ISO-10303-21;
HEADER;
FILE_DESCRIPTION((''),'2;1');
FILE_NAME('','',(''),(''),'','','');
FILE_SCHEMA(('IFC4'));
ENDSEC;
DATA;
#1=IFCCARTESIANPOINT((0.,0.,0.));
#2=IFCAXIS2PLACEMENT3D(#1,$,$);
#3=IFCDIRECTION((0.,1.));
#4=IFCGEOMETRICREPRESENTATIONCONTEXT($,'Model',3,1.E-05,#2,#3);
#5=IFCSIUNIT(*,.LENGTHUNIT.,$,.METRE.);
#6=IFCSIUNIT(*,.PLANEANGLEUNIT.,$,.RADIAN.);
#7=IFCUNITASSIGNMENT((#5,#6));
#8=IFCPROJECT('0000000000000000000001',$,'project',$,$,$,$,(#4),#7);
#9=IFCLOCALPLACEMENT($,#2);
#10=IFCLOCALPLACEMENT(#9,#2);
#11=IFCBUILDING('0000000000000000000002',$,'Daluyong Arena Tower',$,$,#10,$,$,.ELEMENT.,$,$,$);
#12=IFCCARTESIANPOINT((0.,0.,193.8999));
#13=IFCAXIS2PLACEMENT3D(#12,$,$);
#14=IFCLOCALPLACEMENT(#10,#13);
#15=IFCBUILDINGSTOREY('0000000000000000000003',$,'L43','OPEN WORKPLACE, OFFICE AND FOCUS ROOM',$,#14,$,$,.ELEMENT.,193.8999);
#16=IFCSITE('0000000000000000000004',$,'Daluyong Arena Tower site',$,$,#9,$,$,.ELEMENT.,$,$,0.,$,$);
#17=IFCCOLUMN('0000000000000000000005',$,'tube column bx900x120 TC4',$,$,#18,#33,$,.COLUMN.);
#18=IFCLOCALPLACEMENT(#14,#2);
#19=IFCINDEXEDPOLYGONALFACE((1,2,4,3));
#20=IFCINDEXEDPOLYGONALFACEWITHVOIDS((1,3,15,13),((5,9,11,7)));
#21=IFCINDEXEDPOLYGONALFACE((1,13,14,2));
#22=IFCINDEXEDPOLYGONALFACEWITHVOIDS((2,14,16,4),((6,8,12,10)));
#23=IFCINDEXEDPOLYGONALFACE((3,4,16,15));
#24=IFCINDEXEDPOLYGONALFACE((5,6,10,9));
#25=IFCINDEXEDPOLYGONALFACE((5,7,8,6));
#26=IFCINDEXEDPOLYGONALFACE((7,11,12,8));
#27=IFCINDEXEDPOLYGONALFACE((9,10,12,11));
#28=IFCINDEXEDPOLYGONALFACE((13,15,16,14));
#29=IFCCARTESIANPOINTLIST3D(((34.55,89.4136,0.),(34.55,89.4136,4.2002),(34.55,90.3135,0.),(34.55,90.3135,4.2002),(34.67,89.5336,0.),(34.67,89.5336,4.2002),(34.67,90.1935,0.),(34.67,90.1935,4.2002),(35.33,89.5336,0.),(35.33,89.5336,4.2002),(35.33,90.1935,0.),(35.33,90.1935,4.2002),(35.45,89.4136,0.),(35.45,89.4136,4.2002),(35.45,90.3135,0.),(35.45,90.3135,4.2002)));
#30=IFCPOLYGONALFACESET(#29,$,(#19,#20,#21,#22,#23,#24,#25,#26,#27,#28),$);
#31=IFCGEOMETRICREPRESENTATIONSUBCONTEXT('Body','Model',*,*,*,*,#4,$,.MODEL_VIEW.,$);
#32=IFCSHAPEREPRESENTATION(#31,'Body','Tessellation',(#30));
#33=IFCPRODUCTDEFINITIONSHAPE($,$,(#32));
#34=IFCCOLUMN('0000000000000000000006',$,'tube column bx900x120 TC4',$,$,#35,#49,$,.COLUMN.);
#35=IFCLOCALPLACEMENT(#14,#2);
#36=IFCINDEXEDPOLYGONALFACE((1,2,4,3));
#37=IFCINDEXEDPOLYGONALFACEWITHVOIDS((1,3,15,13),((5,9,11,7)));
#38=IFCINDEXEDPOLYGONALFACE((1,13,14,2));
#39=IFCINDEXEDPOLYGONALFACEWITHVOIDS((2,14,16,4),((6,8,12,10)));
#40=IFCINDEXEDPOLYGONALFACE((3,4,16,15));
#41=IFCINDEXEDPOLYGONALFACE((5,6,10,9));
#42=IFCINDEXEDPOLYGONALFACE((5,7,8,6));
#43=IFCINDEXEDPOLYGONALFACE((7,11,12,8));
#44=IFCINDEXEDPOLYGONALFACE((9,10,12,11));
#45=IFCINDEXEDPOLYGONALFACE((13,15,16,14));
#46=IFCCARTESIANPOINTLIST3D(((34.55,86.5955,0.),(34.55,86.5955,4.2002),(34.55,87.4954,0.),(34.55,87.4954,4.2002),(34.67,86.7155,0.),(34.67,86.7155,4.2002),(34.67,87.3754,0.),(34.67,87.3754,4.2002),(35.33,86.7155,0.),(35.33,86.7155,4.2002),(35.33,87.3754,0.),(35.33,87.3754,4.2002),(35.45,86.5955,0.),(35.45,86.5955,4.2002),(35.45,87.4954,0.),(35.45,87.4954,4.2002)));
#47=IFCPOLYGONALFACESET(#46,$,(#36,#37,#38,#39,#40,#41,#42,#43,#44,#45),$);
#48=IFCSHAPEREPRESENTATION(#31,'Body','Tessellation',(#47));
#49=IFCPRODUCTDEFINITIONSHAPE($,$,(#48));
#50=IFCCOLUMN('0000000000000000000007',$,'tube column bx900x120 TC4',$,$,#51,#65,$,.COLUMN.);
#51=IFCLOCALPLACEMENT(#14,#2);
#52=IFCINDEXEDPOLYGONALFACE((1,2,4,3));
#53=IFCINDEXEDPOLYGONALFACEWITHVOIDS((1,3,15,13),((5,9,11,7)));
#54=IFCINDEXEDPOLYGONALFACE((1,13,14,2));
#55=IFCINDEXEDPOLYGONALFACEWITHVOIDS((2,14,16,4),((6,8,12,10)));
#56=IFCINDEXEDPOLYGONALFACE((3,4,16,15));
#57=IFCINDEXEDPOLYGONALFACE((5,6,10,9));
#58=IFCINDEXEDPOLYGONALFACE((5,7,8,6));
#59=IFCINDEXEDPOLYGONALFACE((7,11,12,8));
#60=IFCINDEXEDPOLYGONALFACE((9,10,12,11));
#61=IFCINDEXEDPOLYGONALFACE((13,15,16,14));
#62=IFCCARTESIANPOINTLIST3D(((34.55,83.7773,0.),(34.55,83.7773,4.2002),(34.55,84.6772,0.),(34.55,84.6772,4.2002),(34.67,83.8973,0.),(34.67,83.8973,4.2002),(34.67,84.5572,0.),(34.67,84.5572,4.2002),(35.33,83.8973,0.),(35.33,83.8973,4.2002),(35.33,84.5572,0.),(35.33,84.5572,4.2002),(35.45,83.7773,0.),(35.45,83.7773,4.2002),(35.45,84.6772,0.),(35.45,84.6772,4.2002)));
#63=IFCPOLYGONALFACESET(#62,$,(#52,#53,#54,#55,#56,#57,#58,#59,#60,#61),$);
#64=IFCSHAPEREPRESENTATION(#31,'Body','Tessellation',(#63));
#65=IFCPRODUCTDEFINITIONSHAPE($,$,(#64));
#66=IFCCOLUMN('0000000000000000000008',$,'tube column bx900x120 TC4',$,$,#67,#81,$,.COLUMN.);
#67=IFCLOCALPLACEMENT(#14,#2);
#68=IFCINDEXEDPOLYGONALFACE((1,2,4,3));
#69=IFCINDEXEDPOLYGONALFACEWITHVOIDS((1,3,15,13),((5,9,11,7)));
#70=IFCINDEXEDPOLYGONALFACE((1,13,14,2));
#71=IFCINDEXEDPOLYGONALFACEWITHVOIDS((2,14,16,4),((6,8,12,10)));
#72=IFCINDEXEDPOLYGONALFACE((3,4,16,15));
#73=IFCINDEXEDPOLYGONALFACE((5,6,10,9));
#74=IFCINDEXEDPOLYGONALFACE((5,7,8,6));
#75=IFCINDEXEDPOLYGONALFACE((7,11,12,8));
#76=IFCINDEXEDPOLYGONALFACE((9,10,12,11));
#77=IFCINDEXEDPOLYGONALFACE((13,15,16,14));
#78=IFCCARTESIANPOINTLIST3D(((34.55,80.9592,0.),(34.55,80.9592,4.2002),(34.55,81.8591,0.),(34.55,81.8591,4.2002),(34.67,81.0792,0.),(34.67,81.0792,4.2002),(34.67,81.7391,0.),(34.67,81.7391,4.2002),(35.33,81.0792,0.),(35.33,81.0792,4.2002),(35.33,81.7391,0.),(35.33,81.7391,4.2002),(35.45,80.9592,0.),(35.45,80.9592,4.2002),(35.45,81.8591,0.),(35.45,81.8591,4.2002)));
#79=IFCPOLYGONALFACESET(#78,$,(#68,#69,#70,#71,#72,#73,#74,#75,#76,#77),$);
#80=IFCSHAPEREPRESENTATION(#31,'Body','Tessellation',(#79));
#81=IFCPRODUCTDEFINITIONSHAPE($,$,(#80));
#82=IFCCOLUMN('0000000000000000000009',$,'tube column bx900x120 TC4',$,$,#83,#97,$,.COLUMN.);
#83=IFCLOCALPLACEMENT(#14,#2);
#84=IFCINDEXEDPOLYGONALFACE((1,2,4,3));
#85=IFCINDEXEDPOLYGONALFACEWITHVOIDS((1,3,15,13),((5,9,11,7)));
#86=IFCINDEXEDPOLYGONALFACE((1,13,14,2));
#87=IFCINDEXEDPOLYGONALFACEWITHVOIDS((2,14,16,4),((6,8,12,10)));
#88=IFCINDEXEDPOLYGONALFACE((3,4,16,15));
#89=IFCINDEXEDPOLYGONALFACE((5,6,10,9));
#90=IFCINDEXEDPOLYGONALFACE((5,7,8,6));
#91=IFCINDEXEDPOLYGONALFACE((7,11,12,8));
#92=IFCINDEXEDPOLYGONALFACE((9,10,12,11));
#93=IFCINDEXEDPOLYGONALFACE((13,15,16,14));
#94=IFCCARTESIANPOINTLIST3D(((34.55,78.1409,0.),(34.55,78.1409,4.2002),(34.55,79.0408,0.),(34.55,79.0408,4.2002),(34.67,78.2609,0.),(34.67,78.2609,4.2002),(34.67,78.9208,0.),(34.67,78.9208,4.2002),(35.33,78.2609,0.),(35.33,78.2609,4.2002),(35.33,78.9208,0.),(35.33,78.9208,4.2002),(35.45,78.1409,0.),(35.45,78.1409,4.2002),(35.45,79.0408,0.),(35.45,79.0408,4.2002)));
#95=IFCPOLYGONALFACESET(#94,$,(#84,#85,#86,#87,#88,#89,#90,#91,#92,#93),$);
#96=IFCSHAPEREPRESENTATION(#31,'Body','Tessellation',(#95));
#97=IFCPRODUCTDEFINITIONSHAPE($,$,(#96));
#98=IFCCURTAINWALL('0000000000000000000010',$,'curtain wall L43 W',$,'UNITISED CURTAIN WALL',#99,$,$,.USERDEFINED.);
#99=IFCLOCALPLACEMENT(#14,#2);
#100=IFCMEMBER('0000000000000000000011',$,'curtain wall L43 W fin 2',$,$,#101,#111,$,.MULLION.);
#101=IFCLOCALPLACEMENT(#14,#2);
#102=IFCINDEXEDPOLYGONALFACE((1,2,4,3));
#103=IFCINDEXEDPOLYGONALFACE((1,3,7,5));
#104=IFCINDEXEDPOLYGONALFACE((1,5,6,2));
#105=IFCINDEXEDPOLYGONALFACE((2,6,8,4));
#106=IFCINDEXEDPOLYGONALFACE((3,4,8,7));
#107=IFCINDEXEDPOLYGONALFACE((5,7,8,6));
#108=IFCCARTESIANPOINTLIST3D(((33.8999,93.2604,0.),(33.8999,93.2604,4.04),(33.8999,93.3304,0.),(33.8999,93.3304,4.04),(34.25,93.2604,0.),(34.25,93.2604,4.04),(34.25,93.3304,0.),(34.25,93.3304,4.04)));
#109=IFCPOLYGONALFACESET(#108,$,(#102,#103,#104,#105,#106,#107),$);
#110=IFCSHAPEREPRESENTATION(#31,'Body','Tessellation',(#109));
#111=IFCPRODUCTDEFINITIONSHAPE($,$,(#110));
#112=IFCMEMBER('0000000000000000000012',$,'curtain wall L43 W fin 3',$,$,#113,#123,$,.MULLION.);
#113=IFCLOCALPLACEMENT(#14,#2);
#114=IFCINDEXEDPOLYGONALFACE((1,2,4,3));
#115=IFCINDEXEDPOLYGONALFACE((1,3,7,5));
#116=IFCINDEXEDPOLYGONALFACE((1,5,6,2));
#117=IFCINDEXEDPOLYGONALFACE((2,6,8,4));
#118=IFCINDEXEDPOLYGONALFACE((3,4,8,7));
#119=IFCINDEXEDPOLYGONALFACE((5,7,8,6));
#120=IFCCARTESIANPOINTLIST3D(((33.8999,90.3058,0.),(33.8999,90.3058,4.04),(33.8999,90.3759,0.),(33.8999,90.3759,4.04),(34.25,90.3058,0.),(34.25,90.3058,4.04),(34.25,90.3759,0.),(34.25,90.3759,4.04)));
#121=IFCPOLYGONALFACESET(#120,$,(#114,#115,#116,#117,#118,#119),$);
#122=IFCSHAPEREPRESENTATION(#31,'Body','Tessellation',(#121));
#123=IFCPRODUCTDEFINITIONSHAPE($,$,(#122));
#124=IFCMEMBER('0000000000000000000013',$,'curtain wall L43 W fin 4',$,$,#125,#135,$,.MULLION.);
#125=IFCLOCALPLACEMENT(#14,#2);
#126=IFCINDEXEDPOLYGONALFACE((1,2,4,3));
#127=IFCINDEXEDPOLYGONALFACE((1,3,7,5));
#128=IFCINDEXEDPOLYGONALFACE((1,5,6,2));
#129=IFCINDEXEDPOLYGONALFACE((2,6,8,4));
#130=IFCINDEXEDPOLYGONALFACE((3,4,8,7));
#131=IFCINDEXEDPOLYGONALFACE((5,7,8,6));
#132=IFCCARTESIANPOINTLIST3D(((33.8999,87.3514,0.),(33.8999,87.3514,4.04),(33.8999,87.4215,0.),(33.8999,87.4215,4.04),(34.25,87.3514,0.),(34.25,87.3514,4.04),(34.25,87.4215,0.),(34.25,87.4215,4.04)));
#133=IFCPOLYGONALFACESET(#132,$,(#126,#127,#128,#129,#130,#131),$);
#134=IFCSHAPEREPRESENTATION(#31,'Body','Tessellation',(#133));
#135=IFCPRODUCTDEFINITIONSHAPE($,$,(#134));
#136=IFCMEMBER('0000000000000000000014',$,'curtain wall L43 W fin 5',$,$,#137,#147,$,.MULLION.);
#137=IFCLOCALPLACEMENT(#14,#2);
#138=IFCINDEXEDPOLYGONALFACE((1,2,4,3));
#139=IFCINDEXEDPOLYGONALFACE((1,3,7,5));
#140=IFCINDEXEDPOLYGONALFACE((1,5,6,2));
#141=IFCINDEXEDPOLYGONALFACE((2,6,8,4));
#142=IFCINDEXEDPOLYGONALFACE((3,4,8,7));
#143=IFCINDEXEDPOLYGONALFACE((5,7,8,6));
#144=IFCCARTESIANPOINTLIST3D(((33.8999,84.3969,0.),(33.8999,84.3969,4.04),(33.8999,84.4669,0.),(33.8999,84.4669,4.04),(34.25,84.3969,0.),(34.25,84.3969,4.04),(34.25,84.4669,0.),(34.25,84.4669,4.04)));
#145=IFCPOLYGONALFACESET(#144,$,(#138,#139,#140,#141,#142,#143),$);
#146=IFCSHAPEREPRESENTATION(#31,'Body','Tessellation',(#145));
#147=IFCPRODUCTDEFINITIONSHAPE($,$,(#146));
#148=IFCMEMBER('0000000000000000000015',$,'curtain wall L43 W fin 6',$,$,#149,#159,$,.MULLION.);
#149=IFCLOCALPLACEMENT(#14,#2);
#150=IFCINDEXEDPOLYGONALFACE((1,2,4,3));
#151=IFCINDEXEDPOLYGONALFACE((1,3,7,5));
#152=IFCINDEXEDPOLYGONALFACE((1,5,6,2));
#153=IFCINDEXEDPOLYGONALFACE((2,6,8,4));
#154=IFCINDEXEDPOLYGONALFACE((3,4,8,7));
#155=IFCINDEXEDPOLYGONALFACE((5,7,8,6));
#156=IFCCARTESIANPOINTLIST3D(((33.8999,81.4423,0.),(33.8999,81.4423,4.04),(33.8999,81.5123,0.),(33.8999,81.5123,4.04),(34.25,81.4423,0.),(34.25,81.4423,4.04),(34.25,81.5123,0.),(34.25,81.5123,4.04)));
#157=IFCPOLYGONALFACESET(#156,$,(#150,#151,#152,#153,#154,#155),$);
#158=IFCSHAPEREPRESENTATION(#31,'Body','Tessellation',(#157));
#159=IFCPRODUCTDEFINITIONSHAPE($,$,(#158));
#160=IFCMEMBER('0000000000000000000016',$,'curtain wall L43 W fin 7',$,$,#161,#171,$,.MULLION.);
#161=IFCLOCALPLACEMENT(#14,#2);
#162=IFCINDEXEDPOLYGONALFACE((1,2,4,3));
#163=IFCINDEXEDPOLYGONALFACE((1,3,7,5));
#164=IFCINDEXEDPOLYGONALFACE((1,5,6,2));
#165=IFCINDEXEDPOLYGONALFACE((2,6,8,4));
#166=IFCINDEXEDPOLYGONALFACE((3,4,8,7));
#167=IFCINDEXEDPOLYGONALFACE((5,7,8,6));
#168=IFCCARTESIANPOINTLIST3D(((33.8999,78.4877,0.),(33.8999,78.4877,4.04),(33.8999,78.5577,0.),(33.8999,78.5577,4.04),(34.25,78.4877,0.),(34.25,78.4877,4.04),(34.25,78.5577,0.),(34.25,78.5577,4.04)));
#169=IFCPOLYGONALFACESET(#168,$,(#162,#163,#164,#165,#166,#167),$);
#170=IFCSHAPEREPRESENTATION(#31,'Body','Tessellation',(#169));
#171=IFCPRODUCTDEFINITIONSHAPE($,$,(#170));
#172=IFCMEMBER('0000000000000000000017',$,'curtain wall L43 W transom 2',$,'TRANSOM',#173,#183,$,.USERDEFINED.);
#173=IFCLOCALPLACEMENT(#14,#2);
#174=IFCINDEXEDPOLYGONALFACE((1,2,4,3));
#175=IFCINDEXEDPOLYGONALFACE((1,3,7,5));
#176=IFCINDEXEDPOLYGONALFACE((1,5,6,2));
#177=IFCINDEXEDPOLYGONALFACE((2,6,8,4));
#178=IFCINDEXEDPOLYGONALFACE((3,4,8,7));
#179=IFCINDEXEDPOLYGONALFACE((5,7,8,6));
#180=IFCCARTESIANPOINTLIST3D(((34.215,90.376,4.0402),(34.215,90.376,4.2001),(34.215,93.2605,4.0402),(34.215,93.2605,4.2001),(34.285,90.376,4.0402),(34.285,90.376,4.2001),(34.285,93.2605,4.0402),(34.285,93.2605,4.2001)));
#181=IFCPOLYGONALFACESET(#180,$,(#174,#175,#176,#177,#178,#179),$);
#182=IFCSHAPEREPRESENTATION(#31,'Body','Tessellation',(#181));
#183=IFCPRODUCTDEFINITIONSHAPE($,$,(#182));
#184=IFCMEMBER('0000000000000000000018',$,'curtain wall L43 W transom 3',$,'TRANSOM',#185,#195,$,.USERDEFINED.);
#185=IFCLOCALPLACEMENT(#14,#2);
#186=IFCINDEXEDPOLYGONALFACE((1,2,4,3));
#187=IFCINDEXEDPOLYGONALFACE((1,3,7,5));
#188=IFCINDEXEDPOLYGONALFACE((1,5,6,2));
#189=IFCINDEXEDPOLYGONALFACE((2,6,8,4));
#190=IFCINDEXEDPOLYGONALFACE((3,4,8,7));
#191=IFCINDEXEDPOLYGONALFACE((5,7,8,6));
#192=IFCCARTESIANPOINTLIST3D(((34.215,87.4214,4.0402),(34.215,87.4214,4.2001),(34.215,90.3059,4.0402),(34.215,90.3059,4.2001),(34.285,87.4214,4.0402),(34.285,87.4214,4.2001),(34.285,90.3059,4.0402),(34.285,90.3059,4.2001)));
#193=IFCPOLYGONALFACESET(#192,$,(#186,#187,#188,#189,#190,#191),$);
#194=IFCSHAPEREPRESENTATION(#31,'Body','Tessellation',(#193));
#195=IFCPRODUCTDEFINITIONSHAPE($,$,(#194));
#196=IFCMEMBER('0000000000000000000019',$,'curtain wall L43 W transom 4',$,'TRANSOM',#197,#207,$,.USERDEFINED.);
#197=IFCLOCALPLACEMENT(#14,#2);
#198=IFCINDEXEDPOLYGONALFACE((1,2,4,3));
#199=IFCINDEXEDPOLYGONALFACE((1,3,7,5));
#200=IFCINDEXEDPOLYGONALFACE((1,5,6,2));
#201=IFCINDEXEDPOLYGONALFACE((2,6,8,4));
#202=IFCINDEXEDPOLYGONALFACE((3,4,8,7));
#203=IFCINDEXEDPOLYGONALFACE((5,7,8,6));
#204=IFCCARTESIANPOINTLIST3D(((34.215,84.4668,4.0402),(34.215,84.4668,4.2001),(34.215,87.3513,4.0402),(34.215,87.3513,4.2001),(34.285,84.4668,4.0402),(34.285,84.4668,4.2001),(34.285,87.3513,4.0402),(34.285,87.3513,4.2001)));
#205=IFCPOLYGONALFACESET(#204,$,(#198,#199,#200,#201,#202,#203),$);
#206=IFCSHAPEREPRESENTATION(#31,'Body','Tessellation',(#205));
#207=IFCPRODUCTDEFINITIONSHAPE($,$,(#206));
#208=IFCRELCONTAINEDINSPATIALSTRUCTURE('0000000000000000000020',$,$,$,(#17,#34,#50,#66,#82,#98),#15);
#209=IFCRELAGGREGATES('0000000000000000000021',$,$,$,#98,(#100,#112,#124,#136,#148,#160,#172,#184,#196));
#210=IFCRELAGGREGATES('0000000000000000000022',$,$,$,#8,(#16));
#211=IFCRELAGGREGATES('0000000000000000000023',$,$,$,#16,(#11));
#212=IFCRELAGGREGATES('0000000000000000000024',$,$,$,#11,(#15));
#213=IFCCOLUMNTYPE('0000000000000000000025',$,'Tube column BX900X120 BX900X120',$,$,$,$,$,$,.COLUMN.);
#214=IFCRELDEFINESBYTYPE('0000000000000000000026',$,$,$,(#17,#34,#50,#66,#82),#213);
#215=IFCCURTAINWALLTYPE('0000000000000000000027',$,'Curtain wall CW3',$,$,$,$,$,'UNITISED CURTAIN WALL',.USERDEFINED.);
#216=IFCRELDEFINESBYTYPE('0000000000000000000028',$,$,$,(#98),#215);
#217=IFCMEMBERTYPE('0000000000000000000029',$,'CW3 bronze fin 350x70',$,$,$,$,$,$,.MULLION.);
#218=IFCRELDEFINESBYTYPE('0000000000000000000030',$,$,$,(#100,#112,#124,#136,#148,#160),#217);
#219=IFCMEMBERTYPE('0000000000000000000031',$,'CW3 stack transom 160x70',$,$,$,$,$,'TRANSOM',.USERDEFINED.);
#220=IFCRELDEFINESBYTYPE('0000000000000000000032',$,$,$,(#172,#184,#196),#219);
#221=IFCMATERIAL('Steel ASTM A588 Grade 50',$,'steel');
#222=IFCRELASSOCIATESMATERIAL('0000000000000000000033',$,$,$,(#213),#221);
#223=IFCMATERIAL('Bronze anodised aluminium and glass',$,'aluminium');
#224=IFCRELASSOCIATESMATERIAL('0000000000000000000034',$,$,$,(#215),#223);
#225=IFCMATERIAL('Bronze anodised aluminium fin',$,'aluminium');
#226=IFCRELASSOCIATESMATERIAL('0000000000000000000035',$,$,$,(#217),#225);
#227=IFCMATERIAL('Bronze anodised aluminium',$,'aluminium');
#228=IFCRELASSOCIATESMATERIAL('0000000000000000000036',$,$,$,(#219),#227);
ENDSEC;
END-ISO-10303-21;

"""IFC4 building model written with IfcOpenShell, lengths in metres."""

from ifc_helpers import new_model, si_unit, direction, frame, origin, origin_2d, place, context, subcontext, project, spatial, rectangle, hollow_rectangle, extrude, material, material_profile, profile_set, type_object, element, aggregate, save


model = new_model("IFC4")

# Units and contexts
model_context = context("Model", 3, precision=1e-05, world=origin(), true_north=direction((0.0, 1.0)))
body_context = subcontext(model_context, "Body", "Model", "MODEL_VIEW")
ifc_project = project(units=[si_unit("LENGTHUNIT", "METRE"), si_unit("PLANEANGLEUNIT", "RADIAN")], contexts=[model_context])

# Site, building, storey
site_placement = place(None, origin())
site = spatial("IfcSite", under=ifc_project, at=site_placement, Name="Daluyong Arena Tower site", CompositionType="ELEMENT", RefElevation=0.0)
building_placement = place(site_placement, origin())
building = spatial("IfcBuilding", under=site, at=building_placement, Name="Daluyong Arena Tower", CompositionType="ELEMENT")
storey_placement = place(building_placement, frame((0.0, 0.0, 193.8999)))
storey = spatial("IfcBuildingStorey", under=building, at=storey_placement, Name="L43", Description="OPEN WORKPLACE, OFFICE AND FOCUS ROOM", CompositionType="ELEMENT", Elevation=193.8999)

# Columns
ifc_material_1 = material(Name="Steel ASTM A588 Grade 50", Category="steel")
ifc_material_profile_1 = material_profile(ifc_material_1, hollow_rectangle(XDim=0.8999, YDim=0.8999, WallThickness=0.12, at=origin_2d()))
ifc_profile_set_1 = profile_set([ifc_material_profile_1], Name="Steel ASTM A588 Grade 50")
column_type = type_object("IfcColumnType", Name="Tube column BX900X120 BX900X120", PredefinedType="COLUMN", material=ifc_profile_set_1)
for number, where, z_axis, x_axis, name in (
    (1, (35.0, 89.8635, 0.0), (0.0, 0.0, 1.0), (0.0, 1.0, 0.0), "tube column bx900x120 TC4"),
    (2, (35.0, 87.0454, 0.0), (0.0, 0.0, 1.0), (0.0, 1.0, 0.0), "tube column bx900x120 TC4"),
    (3, (35.0, 84.2273, 0.0), (0.0, 0.0, 1.0), (0.0, 1.0, 0.0), "tube column bx900x120 TC4"),
    (4, (35.0, 81.4092, 0.0), (0.0, 0.0, 1.0), (0.0, 1.0, 0.0), "tube column bx900x120 TC4"),
    (5, (35.0, 78.5908, 0.0), (0.0, 0.0, 1.0), (0.0, 1.0, 0.0), "tube column bx900x120 TC4"),
):
    element("IfcColumn", number, at=place(storey_placement, frame(where, z_axis=z_axis, x_axis=x_axis)), inside=storey, type_object=column_type, Name=name, PredefinedType="COLUMN", context=body_context, shape_type="SweptSolid", body=[
        extrude(hollow_rectangle(XDim=0.8999, YDim=0.8999, WallThickness=0.12, at=origin_2d()), origin(), (0.0, 0.0, 1.0), 4.2002),
    ])

# Curtain wall, members
ifc_material_2 = material(Name="Bronze anodised aluminium and glass", Category="aluminium")
curtain_wall_type = type_object("IfcCurtainWallType", Name="Curtain wall CW3", ElementType="UNITISED CURTAIN WALL", PredefinedType="USERDEFINED", material=ifc_material_2)
curtain_wall_placement = place(storey_placement, origin())
curtain_wall = element("IfcCurtainWall", 6, at=curtain_wall_placement, inside=storey, type_object=curtain_wall_type, Name="curtain wall L43 W", ObjectType="UNITISED CURTAIN WALL", PredefinedType="USERDEFINED")
ifc_material_3 = material(Name="Bronze anodised aluminium fin", Category="aluminium")
ifc_material_profile_2 = material_profile(ifc_material_3, rectangle(XDim=0.3501, YDim=0.0701, at=origin_2d()))
ifc_profile_set_2 = profile_set([ifc_material_profile_2], Name="Bronze anodised aluminium fin")
member_type_1 = type_object("IfcMemberType", Name="CW3 bronze fin 350x70", PredefinedType="MULLION", material=ifc_profile_set_2)
member_1_placement = place(storey_placement, frame((34.075, 93.2954, 0.0), z_axis=(0.0, 0.0, 1.0), x_axis=(1.0, 0.0, 0.0)))
member_1 = element("IfcMember", 7, at=member_1_placement, type_object=member_type_1, Name="curtain wall L43 W fin 2", PredefinedType="MULLION", context=body_context, shape_type="SweptSolid", body=[
    extrude(rectangle(XDim=0.3501, YDim=0.0701, at=origin_2d()), origin(), (0.0, 0.0, 1.0), 4.04),
])
member_2_placement = place(storey_placement, frame((34.075, 90.3408, 0.0), z_axis=(0.0, 0.0, 1.0), x_axis=(1.0, 0.0, 0.0)))
member_2 = element("IfcMember", 8, at=member_2_placement, type_object=member_type_1, Name="curtain wall L43 W fin 3", PredefinedType="MULLION", context=body_context, shape_type="SweptSolid", body=[
    extrude(rectangle(XDim=0.3501, YDim=0.0701, at=origin_2d()), origin(), (0.0, 0.0, 1.0), 4.04),
])
member_3_placement = place(storey_placement, frame((34.075, 87.3865, 0.0), z_axis=(0.0, 0.0, 1.0), x_axis=(1.0, 0.0, 0.0)))
member_3 = element("IfcMember", 9, at=member_3_placement, type_object=member_type_1, Name="curtain wall L43 W fin 4", PredefinedType="MULLION", context=body_context, shape_type="SweptSolid", body=[
    extrude(rectangle(XDim=0.3501, YDim=0.0701, at=origin_2d()), origin(), (0.0, 0.0, 1.0), 4.04),
])
member_4_placement = place(storey_placement, frame((34.075, 84.4319, 0.0), z_axis=(0.0, 0.0, 1.0), x_axis=(1.0, 0.0, 0.0)))
member_4 = element("IfcMember", 10, at=member_4_placement, type_object=member_type_1, Name="curtain wall L43 W fin 5", PredefinedType="MULLION", context=body_context, shape_type="SweptSolid", body=[
    extrude(rectangle(XDim=0.3501, YDim=0.0701, at=origin_2d()), origin(), (0.0, 0.0, 1.0), 4.04),
])
member_5_placement = place(storey_placement, frame((34.075, 81.4773, 0.0), z_axis=(0.0, 0.0, 1.0), x_axis=(1.0, 0.0, 0.0)))
member_5 = element("IfcMember", 11, at=member_5_placement, type_object=member_type_1, Name="curtain wall L43 W fin 6", PredefinedType="MULLION", context=body_context, shape_type="SweptSolid", body=[
    extrude(rectangle(XDim=0.3501, YDim=0.0701, at=origin_2d()), origin(), (0.0, 0.0, 1.0), 4.04),
])
member_6_placement = place(storey_placement, frame((34.075, 78.5227, 0.0), z_axis=(0.0, 0.0, 1.0), x_axis=(1.0, 0.0, 0.0)))
member_6 = element("IfcMember", 12, at=member_6_placement, type_object=member_type_1, Name="curtain wall L43 W fin 7", PredefinedType="MULLION", context=body_context, shape_type="SweptSolid", body=[
    extrude(rectangle(XDim=0.3501, YDim=0.0701, at=origin_2d()), origin(), (0.0, 0.0, 1.0), 4.04),
])
ifc_material_4 = material(Name="Bronze anodised aluminium", Category="aluminium")
ifc_material_profile_3 = material_profile(ifc_material_4, rectangle(XDim=0.0701, YDim=0.1599, at=origin_2d()))
ifc_profile_set_3 = profile_set([ifc_material_profile_3], Name="Bronze anodised aluminium")
member_type_2 = type_object("IfcMemberType", Name="CW3 stack transom 160x70", ElementType="TRANSOM", PredefinedType="USERDEFINED", material=ifc_profile_set_3)
member_7_placement = place(storey_placement, frame((34.25, 93.2605, 4.1201), z_axis=(0.0, -1.0, 0.0), x_axis=(1.0, 0.0, 0.0)))
member_7 = element("IfcMember", 13, at=member_7_placement, type_object=member_type_2, Name="curtain wall L43 W transom 2", ObjectType="TRANSOM", PredefinedType="USERDEFINED", context=body_context, shape_type="SweptSolid", body=[
    extrude(rectangle(XDim=0.0701, YDim=0.1599, at=origin_2d()), origin(), (0.0, 0.0, 1.0), 2.8845),
])
member_8_placement = place(storey_placement, frame((34.25, 90.3059, 4.1201), z_axis=(0.0, -1.0, 0.0), x_axis=(1.0, 0.0, 0.0)))
member_8 = element("IfcMember", 14, at=member_8_placement, type_object=member_type_2, Name="curtain wall L43 W transom 3", ObjectType="TRANSOM", PredefinedType="USERDEFINED", context=body_context, shape_type="SweptSolid", body=[
    extrude(rectangle(XDim=0.0701, YDim=0.1599, at=origin_2d()), origin(), (0.0, 0.0, 1.0), 2.8845),
])
member_9_placement = place(storey_placement, frame((34.25, 87.3513, 4.1201), z_axis=(0.0, -1.0, 0.0), x_axis=(1.0, 0.0, 0.0)))
member_9 = element("IfcMember", 15, at=member_9_placement, type_object=member_type_2, Name="curtain wall L43 W transom 4", ObjectType="TRANSOM", PredefinedType="USERDEFINED", context=body_context, shape_type="SweptSolid", body=[
    extrude(rectangle(XDim=0.0701, YDim=0.1599, at=origin_2d()), origin(), (0.0, 0.0, 1.0), 2.8845),
])

aggregate(curtain_wall, [member_1, member_2, member_3, member_4, member_5, member_6, member_7, member_8, member_9])

save(model, "model.ifc")
